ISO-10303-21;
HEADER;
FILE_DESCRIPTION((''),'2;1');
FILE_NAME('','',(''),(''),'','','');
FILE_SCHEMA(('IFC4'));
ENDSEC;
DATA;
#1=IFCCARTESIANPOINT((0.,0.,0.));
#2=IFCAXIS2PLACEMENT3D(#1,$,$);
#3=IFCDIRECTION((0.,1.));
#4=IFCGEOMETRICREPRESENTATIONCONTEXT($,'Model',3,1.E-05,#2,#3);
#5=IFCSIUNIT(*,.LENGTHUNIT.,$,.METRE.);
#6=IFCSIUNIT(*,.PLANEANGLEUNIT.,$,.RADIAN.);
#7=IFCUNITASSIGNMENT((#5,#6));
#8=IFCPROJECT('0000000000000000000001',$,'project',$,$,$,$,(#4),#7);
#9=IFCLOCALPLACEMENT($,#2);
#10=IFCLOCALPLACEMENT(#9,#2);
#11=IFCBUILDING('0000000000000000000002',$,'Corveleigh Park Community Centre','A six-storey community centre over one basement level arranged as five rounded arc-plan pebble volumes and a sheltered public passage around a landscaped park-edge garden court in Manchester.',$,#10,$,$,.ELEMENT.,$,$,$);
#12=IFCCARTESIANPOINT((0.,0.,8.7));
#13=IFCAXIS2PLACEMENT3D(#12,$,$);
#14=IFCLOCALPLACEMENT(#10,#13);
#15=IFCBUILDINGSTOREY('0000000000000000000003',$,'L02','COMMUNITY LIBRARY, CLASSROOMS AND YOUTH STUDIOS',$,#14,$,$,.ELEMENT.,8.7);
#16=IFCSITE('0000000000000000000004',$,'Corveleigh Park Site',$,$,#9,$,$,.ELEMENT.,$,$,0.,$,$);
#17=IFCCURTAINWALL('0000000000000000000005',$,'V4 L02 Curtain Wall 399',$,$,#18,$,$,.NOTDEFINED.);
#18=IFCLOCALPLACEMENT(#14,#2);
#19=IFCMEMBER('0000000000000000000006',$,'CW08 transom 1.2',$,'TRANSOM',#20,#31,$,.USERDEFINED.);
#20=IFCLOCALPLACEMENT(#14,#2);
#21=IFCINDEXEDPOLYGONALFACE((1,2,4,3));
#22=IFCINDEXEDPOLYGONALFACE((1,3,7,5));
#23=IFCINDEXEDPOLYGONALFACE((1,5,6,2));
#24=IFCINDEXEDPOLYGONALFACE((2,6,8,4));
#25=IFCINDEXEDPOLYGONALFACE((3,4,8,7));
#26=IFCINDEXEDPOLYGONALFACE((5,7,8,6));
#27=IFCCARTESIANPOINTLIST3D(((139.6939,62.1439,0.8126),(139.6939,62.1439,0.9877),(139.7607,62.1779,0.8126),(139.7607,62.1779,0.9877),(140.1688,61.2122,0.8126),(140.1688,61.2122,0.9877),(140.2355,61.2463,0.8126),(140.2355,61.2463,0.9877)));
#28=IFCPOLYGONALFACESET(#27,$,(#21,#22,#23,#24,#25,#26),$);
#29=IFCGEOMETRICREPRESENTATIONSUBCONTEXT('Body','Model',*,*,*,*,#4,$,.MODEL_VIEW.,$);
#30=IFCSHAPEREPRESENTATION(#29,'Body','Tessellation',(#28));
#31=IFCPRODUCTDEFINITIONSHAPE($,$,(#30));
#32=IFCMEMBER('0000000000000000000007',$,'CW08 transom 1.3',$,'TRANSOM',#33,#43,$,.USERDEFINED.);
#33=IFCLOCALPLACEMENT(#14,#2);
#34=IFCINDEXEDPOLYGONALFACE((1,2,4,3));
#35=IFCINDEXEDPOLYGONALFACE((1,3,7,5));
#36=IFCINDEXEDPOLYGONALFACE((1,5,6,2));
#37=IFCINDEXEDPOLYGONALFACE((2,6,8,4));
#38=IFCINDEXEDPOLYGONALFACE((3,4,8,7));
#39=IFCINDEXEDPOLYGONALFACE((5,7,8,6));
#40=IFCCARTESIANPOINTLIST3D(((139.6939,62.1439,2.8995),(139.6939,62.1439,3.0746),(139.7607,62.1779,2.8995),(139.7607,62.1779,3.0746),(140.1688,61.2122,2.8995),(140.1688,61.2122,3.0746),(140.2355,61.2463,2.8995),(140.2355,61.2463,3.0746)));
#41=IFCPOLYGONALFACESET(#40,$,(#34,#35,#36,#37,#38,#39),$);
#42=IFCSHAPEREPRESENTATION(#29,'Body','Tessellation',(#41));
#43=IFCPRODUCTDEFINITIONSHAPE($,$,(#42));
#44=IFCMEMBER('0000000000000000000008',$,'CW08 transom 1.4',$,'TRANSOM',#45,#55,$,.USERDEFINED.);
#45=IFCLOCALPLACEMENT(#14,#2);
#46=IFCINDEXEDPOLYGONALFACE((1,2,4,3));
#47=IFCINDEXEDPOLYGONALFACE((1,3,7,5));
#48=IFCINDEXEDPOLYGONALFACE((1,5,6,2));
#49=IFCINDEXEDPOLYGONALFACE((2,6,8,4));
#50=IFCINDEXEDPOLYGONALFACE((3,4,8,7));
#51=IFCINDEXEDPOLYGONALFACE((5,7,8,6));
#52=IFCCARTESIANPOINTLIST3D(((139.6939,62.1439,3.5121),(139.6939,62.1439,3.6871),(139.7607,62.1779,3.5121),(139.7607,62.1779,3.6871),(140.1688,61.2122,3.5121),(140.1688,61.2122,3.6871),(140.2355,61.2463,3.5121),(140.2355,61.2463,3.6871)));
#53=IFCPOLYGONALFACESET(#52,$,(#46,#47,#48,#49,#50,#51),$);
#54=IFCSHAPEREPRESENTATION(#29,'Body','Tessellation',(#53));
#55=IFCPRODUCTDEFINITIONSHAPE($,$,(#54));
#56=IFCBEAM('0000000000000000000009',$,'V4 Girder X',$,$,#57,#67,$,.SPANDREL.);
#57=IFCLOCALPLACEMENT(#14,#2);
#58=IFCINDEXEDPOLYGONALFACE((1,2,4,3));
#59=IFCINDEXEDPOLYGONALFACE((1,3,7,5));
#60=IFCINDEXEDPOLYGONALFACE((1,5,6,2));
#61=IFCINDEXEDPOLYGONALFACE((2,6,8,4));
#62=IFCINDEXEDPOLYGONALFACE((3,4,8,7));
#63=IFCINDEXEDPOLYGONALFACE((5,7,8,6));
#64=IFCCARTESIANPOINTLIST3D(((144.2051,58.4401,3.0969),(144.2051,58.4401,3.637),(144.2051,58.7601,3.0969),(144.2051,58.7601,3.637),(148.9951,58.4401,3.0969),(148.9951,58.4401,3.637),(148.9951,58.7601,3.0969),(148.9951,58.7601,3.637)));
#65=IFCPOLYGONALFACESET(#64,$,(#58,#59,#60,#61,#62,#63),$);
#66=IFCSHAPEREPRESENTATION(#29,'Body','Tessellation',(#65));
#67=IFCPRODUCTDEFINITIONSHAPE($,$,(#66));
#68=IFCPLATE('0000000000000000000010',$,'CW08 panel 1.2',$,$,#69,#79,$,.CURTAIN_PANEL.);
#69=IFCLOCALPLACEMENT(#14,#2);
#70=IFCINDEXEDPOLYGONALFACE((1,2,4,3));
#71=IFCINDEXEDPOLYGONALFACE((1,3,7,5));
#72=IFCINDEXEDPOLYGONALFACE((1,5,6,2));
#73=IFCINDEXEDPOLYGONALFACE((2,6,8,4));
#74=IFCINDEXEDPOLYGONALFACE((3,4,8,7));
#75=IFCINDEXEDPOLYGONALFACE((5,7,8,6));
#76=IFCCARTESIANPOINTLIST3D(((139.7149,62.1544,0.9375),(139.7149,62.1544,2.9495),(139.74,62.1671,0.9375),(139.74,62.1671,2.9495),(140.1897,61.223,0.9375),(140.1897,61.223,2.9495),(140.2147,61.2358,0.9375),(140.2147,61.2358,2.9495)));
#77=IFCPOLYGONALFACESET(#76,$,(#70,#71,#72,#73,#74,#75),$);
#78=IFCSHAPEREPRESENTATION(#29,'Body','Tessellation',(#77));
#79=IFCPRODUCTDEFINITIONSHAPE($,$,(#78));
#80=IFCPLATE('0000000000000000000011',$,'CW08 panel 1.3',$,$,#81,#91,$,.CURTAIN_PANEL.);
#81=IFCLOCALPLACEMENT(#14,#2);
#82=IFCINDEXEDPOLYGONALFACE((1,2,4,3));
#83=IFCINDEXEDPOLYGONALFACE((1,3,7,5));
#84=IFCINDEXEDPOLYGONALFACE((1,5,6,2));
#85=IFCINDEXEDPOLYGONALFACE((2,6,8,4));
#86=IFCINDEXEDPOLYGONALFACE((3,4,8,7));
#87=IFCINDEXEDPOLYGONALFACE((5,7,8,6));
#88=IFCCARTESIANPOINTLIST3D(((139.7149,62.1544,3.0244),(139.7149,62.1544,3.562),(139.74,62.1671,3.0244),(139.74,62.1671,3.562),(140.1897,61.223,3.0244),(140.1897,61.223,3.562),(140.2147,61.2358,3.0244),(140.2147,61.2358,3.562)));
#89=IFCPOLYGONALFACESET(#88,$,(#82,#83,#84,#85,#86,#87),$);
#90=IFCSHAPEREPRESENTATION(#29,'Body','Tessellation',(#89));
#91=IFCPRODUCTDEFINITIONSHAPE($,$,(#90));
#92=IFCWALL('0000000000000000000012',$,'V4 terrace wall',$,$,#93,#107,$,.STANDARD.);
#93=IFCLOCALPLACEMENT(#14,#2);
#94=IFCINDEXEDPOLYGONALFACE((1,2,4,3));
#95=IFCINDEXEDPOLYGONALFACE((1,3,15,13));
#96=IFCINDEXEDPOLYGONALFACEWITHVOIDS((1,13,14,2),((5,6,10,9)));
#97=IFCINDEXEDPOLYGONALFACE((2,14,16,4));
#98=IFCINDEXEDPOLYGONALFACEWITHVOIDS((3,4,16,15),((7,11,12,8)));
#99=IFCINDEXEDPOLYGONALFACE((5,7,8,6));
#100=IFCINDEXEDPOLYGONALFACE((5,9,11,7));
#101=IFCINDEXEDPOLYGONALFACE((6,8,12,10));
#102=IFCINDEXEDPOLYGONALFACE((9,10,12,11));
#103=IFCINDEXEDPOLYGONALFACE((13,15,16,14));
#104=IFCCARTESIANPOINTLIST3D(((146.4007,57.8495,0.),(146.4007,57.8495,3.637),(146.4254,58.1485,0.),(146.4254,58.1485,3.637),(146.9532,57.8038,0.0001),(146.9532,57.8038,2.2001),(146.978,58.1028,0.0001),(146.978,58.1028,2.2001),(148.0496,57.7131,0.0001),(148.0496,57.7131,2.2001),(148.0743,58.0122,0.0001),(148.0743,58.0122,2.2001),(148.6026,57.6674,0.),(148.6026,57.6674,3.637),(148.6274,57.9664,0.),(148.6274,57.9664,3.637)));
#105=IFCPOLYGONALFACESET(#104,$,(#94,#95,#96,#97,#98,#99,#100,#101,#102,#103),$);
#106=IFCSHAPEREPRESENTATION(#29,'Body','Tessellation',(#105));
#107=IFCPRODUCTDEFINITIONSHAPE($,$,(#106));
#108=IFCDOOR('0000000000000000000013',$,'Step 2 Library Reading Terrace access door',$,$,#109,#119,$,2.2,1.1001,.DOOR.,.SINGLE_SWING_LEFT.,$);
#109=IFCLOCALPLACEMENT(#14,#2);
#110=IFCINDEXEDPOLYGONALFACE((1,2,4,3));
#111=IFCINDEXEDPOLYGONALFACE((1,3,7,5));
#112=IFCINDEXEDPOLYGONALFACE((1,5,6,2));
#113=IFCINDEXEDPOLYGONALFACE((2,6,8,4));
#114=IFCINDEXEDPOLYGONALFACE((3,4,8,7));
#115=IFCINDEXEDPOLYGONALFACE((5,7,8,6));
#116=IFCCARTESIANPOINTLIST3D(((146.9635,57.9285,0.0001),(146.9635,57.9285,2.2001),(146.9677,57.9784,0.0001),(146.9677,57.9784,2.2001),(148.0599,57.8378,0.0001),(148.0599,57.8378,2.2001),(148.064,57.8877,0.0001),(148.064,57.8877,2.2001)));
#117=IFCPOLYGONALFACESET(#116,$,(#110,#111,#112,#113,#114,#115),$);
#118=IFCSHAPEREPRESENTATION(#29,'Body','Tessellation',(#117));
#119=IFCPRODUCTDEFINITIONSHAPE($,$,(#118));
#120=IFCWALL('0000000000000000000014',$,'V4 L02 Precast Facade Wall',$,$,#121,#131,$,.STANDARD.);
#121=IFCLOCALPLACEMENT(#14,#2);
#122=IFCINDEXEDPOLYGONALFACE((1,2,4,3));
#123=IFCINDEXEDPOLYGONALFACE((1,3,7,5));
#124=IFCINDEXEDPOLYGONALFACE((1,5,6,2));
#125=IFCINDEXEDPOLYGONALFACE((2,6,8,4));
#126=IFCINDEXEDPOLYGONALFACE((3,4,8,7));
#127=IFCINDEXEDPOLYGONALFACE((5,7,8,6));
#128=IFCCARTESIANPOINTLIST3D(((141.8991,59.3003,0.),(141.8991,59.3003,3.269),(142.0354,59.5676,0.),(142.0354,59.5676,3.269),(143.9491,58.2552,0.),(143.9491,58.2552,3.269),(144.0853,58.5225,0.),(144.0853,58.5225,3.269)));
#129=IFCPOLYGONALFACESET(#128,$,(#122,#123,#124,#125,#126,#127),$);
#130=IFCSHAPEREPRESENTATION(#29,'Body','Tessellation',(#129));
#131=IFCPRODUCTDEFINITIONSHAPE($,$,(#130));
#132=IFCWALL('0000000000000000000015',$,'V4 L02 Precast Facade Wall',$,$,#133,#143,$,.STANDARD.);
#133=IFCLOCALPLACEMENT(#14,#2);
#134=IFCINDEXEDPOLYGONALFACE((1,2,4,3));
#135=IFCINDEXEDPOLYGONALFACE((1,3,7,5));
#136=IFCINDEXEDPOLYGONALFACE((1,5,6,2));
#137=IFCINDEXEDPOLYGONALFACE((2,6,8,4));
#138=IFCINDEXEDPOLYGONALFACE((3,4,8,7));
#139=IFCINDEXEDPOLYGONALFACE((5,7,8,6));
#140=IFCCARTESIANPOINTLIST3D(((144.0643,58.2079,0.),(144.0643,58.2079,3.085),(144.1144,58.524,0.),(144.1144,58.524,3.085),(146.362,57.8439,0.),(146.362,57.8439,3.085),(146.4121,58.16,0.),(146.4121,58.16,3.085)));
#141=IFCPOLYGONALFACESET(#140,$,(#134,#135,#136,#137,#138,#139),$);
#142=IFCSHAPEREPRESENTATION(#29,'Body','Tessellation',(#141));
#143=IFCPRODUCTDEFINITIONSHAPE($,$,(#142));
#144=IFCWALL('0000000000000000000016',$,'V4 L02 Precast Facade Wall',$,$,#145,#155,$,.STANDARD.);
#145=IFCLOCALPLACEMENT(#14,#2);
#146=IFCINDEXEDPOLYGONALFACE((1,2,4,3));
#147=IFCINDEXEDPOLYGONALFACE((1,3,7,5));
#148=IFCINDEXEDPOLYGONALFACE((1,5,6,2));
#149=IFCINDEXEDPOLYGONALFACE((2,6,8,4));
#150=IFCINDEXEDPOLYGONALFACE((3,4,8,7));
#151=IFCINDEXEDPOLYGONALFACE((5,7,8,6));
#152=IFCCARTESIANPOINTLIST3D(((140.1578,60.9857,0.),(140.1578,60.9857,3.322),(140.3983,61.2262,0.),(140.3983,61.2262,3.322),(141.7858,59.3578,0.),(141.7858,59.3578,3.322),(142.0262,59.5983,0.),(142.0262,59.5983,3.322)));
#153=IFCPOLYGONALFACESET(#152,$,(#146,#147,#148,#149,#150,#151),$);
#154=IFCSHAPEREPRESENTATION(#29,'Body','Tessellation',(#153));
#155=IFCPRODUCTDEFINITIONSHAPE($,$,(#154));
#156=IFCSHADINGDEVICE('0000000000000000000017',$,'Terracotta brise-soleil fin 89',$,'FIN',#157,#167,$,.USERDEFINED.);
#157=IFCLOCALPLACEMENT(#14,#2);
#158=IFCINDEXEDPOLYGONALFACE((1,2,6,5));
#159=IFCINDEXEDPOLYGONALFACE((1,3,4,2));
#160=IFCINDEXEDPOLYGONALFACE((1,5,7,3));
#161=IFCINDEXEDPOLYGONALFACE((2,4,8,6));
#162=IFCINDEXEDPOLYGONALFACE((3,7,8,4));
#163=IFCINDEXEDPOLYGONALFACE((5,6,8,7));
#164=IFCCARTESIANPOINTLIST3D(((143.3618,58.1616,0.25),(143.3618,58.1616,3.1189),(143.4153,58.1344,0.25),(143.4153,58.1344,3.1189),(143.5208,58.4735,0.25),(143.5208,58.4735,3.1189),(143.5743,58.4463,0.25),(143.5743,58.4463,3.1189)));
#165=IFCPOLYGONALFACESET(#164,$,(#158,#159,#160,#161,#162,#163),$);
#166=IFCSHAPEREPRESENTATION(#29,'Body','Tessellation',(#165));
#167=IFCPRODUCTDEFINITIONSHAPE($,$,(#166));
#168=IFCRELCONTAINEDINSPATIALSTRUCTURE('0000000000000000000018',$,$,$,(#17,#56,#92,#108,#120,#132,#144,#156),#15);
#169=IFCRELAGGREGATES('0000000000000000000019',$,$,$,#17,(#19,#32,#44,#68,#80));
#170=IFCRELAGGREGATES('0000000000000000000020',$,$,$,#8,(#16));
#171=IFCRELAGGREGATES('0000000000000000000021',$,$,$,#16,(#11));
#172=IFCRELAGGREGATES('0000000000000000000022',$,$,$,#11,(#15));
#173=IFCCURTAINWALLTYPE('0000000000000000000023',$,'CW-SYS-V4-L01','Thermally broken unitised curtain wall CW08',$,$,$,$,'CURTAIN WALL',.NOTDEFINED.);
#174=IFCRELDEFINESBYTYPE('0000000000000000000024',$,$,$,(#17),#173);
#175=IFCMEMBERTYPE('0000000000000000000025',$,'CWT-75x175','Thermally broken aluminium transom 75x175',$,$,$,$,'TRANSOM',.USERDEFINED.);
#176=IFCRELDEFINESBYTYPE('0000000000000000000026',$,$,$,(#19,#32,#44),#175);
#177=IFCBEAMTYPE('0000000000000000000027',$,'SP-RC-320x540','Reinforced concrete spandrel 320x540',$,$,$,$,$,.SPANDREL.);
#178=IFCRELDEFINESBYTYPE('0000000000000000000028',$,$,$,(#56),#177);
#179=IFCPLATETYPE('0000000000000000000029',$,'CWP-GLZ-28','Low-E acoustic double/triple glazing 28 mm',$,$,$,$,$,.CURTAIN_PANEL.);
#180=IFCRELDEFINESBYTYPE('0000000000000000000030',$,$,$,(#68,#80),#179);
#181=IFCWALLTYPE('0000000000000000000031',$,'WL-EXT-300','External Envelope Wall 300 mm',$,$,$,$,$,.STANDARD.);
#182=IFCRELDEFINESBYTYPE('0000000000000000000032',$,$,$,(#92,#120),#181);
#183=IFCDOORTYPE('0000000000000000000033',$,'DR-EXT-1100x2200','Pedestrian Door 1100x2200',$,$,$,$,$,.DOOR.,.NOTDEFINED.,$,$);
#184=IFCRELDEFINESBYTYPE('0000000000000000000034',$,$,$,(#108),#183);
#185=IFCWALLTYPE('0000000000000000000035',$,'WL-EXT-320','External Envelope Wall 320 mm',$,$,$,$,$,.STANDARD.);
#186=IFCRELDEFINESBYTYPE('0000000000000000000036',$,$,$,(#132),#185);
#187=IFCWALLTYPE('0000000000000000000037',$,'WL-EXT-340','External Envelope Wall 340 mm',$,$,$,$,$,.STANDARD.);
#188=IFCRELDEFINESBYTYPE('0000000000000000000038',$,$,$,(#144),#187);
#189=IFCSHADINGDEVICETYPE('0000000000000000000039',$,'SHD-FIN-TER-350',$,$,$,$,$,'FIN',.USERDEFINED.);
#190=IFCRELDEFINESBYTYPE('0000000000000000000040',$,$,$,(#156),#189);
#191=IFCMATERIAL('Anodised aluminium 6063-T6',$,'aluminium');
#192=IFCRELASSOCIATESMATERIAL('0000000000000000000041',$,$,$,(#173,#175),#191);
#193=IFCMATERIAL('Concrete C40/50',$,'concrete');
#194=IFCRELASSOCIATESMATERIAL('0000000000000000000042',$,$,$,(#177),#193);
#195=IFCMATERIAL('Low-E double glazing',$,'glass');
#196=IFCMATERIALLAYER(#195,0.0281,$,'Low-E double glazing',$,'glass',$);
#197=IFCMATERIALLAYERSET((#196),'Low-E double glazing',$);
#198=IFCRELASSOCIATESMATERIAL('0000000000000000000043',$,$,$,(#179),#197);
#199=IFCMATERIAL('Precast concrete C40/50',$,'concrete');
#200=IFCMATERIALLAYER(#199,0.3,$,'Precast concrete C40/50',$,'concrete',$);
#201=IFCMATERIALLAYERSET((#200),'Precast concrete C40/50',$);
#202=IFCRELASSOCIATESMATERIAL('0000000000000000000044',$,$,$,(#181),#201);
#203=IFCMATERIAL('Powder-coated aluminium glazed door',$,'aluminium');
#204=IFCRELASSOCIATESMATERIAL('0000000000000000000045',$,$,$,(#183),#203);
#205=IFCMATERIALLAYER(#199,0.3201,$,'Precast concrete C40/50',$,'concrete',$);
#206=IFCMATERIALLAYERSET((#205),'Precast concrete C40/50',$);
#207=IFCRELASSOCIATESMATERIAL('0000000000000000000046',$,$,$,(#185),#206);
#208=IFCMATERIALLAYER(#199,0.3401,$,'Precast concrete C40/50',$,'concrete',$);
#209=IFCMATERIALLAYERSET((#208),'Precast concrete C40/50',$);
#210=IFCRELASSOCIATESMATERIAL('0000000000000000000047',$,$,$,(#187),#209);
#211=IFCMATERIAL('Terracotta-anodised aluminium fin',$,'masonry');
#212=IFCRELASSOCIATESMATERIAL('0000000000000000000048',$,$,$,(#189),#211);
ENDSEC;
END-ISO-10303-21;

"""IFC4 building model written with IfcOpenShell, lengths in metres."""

from ifc_helpers import new_model, si_unit, direction, frame, frame_2d, origin, origin_2d, place, context, subcontext, project, spatial, rectangle, extrude, material, layer, layer_set, material_profile, profile_set, type_object, element, fill, aggregate, save


model = new_model("IFC4")

# Units and contexts
model_context = context("Model", 3, precision=1e-05, world=origin(), true_north=direction((0.0, 1.0)))
body_context = subcontext(model_context, "Body", "Model", "MODEL_VIEW")
ifc_project = project(units=[si_unit("LENGTHUNIT", "METRE"), si_unit("PLANEANGLEUNIT", "RADIAN")], contexts=[model_context])

# Site, building, storey
site_placement = place(None, origin())
site = spatial("IfcSite", under=ifc_project, at=site_placement, Name="Corveleigh Park Site", CompositionType="ELEMENT", RefElevation=0.0)
building_placement = place(site_placement, origin())
building = spatial("IfcBuilding", under=site, at=building_placement, Name="Corveleigh Park Community Centre", Description="A six-storey community centre over one basement level arranged as five rounded arc-plan pebble volumes and a sheltered public passage around a landscaped park-edge garden court in Manchester.", CompositionType="ELEMENT")
storey_placement = place(building_placement, frame((0.0, 0.0, 8.7)))
storey = spatial("IfcBuildingStorey", under=building, at=storey_placement, Name="L02", Description="COMMUNITY LIBRARY, CLASSROOMS AND YOUTH STUDIOS", CompositionType="ELEMENT", Elevation=8.7)

# Curtain wall
ifc_material_1 = material(Name="Anodised aluminium 6063-T6", Category="aluminium")
curtain_wall_type = type_object("IfcCurtainWallType", Name="CW-SYS-V4-L01", Description="Thermally broken unitised curtain wall CW08", ElementType="CURTAIN WALL", PredefinedType="NOTDEFINED", material=ifc_material_1)
curtain_wall_1_placement = place(storey_placement, origin())
curtain_wall_1 = element("IfcCurtainWall", 1, at=curtain_wall_1_placement, inside=storey, type_object=curtain_wall_type, Name="V4 L02 Curtain Wall 399", PredefinedType="NOTDEFINED")

# Members
ifc_material_profile_1 = material_profile(ifc_material_1, rectangle(XDim=0.075, YDim=0.175, at=origin_2d()), Name="ALU-T75x175", Category="aluminium")
ifc_profile_set_1 = profile_set([ifc_material_profile_1], Name="Anodised aluminium 6063-T6")
member_type_1 = type_object("IfcMemberType", Name="CWT-75x175", Description="Thermally broken aluminium transom 75x175", ElementType="TRANSOM", PredefinedType="USERDEFINED", material=ifc_profile_set_1)
member_1_placement = place(storey_placement, frame((140.2021, 61.2292, 0.9001), z_axis=(-0.454111, 0.890945, 0.0), x_axis=(-0.890945, -0.454111, 0.0)))
member_1 = element("IfcMember", 2, at=member_1_placement, type_object=member_type_1, Name="CW08 transom 1.2", ObjectType="TRANSOM", PredefinedType="USERDEFINED", context=body_context, shape_type="SweptSolid", body=[
    extrude(rectangle(XDim=0.075, YDim=0.175, at=origin_2d()), origin(), (0.0, 0.0, 1.0), 1.0457),
])
member_2_placement = place(storey_placement, frame((140.2021, 61.2292, 2.9871), z_axis=(-0.454111, 0.890945, 0.0), x_axis=(-0.890945, -0.454111, 0.0)))
member_2 = element("IfcMember", 3, at=member_2_placement, type_object=member_type_1, Name="CW08 transom 1.3", ObjectType="TRANSOM", PredefinedType="USERDEFINED", context=body_context, shape_type="SweptSolid", body=[
    extrude(rectangle(XDim=0.075, YDim=0.175, at=origin_2d()), origin(), (0.0, 0.0, 1.0), 1.0457),
])
member_3_placement = place(storey_placement, frame((140.2021, 61.2292, 3.5996), z_axis=(-0.454111, 0.890945, 0.0), x_axis=(-0.890945, -0.454111, 0.0)))
member_3 = element("IfcMember", 4, at=member_3_placement, type_object=member_type_1, Name="CW08 transom 1.4", ObjectType="TRANSOM", PredefinedType="USERDEFINED", context=body_context, shape_type="SweptSolid", body=[
    extrude(rectangle(XDim=0.075, YDim=0.175, at=origin_2d()), origin(), (0.0, 0.0, 1.0), 1.0457),
])

# Beam
ifc_material_2 = material(Name="Concrete C40/50", Category="concrete")
ifc_material_profile_2 = material_profile(ifc_material_2, rectangle(XDim=0.3201, YDim=0.54, at=origin_2d()), Name="RC-320x540", Category="concrete")
ifc_profile_set_2 = profile_set([ifc_material_profile_2], Name="Concrete C40/50")
beam_type_1 = type_object("IfcBeamType", Name="SP-RC-320x540", Description="Reinforced concrete spandrel 320x540", PredefinedType="SPANDREL", material=ifc_profile_set_2)
beam_1_placement = place(storey_placement, frame((144.2051, 58.6001, 3.3669), z_axis=(1.0, 0.0, 0.0), x_axis=(0.0, 1.0, 0.0)))
element("IfcBeam", 5, at=beam_1_placement, inside=storey, type_object=beam_type_1, Name="V4 Girder X", PredefinedType="SPANDREL", context=body_context, shape_type="SweptSolid", body=[
    extrude(rectangle(XDim=0.3201, YDim=0.54, at=origin_2d()), origin(), (0.0, 0.0, 1.0), 4.79),
])

# Plates
ifc_material_3 = material(Name="Low-E double glazing", Category="glass")
ifc_layer_1 = layer(ifc_material_3, 0.0281, Name="Low-E double glazing", Category="glass")
ifc_layer_set_1 = layer_set([ifc_layer_1], Name="Low-E double glazing")
plate_type = type_object("IfcPlateType", Name="CWP-GLZ-28", Description="Low-E acoustic double/triple glazing 28 mm", PredefinedType="CURTAIN_PANEL", material=ifc_layer_set_1)
plate_1_placement = place(storey_placement, frame((139.9648, 61.6951, 0.9375), z_axis=(0.0, 0.0, 1.0), x_axis=(-0.454154, 0.890923, 0.0)))
plate_1 = element("IfcPlate", 6, at=plate_1_placement, type_object=plate_type, Name="CW08 panel 1.2", PredefinedType="CURTAIN_PANEL", context=body_context, shape_type="SweptSolid", body=[
    extrude(rectangle(XDim=1.0454, YDim=0.0281, at=origin_2d()), origin(), (0.0, 0.0, 1.0), 2.012),
])
plate_2_placement = place(storey_placement, frame((139.9648, 61.6951, 3.0244), z_axis=(0.0, 0.0, 1.0), x_axis=(-0.454154, 0.890923, 0.0)))
plate_2 = element("IfcPlate", 7, at=plate_2_placement, type_object=plate_type, Name="CW08 panel 1.3", PredefinedType="CURTAIN_PANEL", context=body_context, shape_type="SweptSolid", body=[
    extrude(rectangle(XDim=1.0454, YDim=0.0281, at=origin_2d()), origin(), (0.0, 0.0, 1.0), 0.5376),
])
aggregate(curtain_wall_1, [member_1, member_2, member_3, plate_1, plate_2])

# Wall, opening, door
ifc_material_4 = material(Name="Precast concrete C40/50", Category="concrete")
ifc_layer_2 = layer(ifc_material_4, 0.3, Name="Precast concrete C40/50", Category="concrete")
ifc_layer_set_2 = layer_set([ifc_layer_2], Name="Precast concrete C40/50")
wall_type_1 = type_object("IfcWallType", Name="WL-EXT-300", Description="External Envelope Wall 300 mm", PredefinedType="STANDARD", material=ifc_layer_set_2)
wall_1_placement = place(storey_placement, frame((148.615, 57.8169, 0.0), z_axis=(0.0, 0.0, 1.0), x_axis=(-0.996597, 0.082433, 0.0)))
wall_1 = element("IfcWall", 8, at=wall_1_placement, inside=storey, type_object=wall_type_1, Name="V4 terrace wall", PredefinedType="STANDARD", context=body_context, shape_type="SweptSolid", body=[
    extrude(rectangle(XDim=2.2095, YDim=0.3, at=frame_2d((1.1047, 0.0))), origin(), (0.0, 0.0, 1.0), 3.637),
])
opening_placement = place(wall_1_placement, frame((0.5549, 0.0, 0.0)))
opening = element("IfcOpeningElement", 9, at=opening_placement, cuts=wall_1, PredefinedType="OPENING", context=body_context, shape_type="SweptSolid", body=[
    extrude(rectangle(XDim=1.1001, YDim=2.2, at=frame_2d((0.55, 1.1001))), frame((0.0, 0.1599, 0.0), z_axis=(0.0, -1.0, 0.0), x_axis=(1.0, 0.0, 0.0)), (0.0, 0.0, 1.0), 0.3201),
])
ifc_material_5 = material(Name="Powder-coated aluminium glazed door", Category="aluminium")
door_type = type_object("IfcDoorType", Name="DR-EXT-1100x2200", Description="Pedestrian Door 1100x2200", OperationType="NOTDEFINED", PredefinedType="DOOR", material=ifc_material_5)
door_placement = place(opening_placement, origin())
door = element("IfcDoor", 10, at=door_placement, inside=storey, type_object=door_type, Name="Step 2 Library Reading Terrace access door", OperationType="SINGLE_SWING_LEFT", OverallHeight=2.2, OverallWidth=1.1001, PredefinedType="DOOR", context=body_context, shape_type="SweptSolid", body=[
    extrude(rectangle(XDim=1.1001, YDim=2.2, at=frame_2d((0.55, 1.1001))), frame((0.0, 0.0249, 0.0), z_axis=(0.0, -1.0, 0.0), x_axis=(1.0, 0.0, 0.0)), (0.0, 0.0, 1.0), 0.05),
])
fill(opening, door)

# Walls
wall_2_placement = place(storey_placement, frame((144.0171, 58.3889, 0.0), z_axis=(0.0, 0.0, 1.0), x_axis=(-0.890899, 0.454202, 0.0)))
element("IfcWall", 11, at=wall_2_placement, inside=storey, type_object=wall_type_1, Name="V4 L02 Precast Facade Wall", PredefinedType="STANDARD", context=body_context, shape_type="SweptSolid", body=[
    extrude(rectangle(XDim=2.301, YDim=0.3, at=frame_2d((1.1504, 0.0))), origin(), (0.0, 0.0, 1.0), 3.269),
])
ifc_layer_3 = layer(ifc_material_4, 0.3201, Name="Precast concrete C40/50", Category="concrete")
ifc_layer_set_3 = layer_set([ifc_layer_3], Name="Precast concrete C40/50")
wall_type_2 = type_object("IfcWallType", Name="WL-EXT-320", Description="External Envelope Wall 320 mm", PredefinedType="STANDARD", material=ifc_layer_set_3)
wall_3_placement = place(storey_placement, frame((146.387, 58.002, 0.0), z_axis=(0.0, 0.0, 1.0), x_axis=(-0.987684, 0.156464, 0.0)))
element("IfcWall", 12, at=wall_3_placement, inside=storey, type_object=wall_type_2, Name="V4 L02 Precast Facade Wall", PredefinedType="STANDARD", context=body_context, shape_type="SweptSolid", body=[
    extrude(rectangle(XDim=2.3264, YDim=0.3201, at=frame_2d((1.1631, 0.0))), origin(), (0.0, 0.0, 1.0), 3.085),
])
ifc_layer_4 = layer(ifc_material_4, 0.3401, Name="Precast concrete C40/50", Category="concrete")
ifc_layer_set_4 = layer_set([ifc_layer_4], Name="Precast concrete C40/50")
wall_type_3 = type_object("IfcWallType", Name="WL-EXT-340", Description="External Envelope Wall 340 mm", PredefinedType="STANDARD", material=ifc_layer_set_4)
wall_4_placement = place(storey_placement, frame((141.906, 59.478, 0.0), z_axis=(0.0, 0.0, 1.0), x_axis=(-0.707107, 0.707107, 0.0)))
element("IfcWall", 13, at=wall_4_placement, inside=storey, type_object=wall_type_3, Name="V4 L02 Precast Facade Wall", PredefinedType="STANDARD", context=body_context, shape_type="SweptSolid", body=[
    extrude(rectangle(XDim=2.3022, YDim=0.3401, at=frame_2d((1.1511, 0.0))), origin(), (0.0, 0.0, 1.0), 3.322),
])

# Shading device
ifc_material_6 = material(Name="Terracotta-anodised aluminium fin", Category="masonry")
shading_device_type_1 = type_object("IfcShadingDeviceType", Name="SHD-FIN-TER-350", ElementType="FIN", PredefinedType="USERDEFINED", material=ifc_material_6)
shading_device_1_placement = place(storey_placement, frame((143.468, 58.304, 0.25), z_axis=(0.0, 0.0, 1.0), x_axis=(-0.454154, -0.890923, 0.0)))
element("IfcShadingDevice", 14, at=shading_device_1_placement, inside=storey, type_object=shading_device_type_1, Name="Terracotta brise-soleil fin 89", ObjectType="FIN", PredefinedType="USERDEFINED", context=body_context, shape_type="SweptSolid", body=[
    extrude(rectangle(XDim=0.3501, YDim=0.0601, at=origin_2d()), origin(), (0.0, 0.0, 1.0), 2.8689),
])

save(model, "model.ifc")
